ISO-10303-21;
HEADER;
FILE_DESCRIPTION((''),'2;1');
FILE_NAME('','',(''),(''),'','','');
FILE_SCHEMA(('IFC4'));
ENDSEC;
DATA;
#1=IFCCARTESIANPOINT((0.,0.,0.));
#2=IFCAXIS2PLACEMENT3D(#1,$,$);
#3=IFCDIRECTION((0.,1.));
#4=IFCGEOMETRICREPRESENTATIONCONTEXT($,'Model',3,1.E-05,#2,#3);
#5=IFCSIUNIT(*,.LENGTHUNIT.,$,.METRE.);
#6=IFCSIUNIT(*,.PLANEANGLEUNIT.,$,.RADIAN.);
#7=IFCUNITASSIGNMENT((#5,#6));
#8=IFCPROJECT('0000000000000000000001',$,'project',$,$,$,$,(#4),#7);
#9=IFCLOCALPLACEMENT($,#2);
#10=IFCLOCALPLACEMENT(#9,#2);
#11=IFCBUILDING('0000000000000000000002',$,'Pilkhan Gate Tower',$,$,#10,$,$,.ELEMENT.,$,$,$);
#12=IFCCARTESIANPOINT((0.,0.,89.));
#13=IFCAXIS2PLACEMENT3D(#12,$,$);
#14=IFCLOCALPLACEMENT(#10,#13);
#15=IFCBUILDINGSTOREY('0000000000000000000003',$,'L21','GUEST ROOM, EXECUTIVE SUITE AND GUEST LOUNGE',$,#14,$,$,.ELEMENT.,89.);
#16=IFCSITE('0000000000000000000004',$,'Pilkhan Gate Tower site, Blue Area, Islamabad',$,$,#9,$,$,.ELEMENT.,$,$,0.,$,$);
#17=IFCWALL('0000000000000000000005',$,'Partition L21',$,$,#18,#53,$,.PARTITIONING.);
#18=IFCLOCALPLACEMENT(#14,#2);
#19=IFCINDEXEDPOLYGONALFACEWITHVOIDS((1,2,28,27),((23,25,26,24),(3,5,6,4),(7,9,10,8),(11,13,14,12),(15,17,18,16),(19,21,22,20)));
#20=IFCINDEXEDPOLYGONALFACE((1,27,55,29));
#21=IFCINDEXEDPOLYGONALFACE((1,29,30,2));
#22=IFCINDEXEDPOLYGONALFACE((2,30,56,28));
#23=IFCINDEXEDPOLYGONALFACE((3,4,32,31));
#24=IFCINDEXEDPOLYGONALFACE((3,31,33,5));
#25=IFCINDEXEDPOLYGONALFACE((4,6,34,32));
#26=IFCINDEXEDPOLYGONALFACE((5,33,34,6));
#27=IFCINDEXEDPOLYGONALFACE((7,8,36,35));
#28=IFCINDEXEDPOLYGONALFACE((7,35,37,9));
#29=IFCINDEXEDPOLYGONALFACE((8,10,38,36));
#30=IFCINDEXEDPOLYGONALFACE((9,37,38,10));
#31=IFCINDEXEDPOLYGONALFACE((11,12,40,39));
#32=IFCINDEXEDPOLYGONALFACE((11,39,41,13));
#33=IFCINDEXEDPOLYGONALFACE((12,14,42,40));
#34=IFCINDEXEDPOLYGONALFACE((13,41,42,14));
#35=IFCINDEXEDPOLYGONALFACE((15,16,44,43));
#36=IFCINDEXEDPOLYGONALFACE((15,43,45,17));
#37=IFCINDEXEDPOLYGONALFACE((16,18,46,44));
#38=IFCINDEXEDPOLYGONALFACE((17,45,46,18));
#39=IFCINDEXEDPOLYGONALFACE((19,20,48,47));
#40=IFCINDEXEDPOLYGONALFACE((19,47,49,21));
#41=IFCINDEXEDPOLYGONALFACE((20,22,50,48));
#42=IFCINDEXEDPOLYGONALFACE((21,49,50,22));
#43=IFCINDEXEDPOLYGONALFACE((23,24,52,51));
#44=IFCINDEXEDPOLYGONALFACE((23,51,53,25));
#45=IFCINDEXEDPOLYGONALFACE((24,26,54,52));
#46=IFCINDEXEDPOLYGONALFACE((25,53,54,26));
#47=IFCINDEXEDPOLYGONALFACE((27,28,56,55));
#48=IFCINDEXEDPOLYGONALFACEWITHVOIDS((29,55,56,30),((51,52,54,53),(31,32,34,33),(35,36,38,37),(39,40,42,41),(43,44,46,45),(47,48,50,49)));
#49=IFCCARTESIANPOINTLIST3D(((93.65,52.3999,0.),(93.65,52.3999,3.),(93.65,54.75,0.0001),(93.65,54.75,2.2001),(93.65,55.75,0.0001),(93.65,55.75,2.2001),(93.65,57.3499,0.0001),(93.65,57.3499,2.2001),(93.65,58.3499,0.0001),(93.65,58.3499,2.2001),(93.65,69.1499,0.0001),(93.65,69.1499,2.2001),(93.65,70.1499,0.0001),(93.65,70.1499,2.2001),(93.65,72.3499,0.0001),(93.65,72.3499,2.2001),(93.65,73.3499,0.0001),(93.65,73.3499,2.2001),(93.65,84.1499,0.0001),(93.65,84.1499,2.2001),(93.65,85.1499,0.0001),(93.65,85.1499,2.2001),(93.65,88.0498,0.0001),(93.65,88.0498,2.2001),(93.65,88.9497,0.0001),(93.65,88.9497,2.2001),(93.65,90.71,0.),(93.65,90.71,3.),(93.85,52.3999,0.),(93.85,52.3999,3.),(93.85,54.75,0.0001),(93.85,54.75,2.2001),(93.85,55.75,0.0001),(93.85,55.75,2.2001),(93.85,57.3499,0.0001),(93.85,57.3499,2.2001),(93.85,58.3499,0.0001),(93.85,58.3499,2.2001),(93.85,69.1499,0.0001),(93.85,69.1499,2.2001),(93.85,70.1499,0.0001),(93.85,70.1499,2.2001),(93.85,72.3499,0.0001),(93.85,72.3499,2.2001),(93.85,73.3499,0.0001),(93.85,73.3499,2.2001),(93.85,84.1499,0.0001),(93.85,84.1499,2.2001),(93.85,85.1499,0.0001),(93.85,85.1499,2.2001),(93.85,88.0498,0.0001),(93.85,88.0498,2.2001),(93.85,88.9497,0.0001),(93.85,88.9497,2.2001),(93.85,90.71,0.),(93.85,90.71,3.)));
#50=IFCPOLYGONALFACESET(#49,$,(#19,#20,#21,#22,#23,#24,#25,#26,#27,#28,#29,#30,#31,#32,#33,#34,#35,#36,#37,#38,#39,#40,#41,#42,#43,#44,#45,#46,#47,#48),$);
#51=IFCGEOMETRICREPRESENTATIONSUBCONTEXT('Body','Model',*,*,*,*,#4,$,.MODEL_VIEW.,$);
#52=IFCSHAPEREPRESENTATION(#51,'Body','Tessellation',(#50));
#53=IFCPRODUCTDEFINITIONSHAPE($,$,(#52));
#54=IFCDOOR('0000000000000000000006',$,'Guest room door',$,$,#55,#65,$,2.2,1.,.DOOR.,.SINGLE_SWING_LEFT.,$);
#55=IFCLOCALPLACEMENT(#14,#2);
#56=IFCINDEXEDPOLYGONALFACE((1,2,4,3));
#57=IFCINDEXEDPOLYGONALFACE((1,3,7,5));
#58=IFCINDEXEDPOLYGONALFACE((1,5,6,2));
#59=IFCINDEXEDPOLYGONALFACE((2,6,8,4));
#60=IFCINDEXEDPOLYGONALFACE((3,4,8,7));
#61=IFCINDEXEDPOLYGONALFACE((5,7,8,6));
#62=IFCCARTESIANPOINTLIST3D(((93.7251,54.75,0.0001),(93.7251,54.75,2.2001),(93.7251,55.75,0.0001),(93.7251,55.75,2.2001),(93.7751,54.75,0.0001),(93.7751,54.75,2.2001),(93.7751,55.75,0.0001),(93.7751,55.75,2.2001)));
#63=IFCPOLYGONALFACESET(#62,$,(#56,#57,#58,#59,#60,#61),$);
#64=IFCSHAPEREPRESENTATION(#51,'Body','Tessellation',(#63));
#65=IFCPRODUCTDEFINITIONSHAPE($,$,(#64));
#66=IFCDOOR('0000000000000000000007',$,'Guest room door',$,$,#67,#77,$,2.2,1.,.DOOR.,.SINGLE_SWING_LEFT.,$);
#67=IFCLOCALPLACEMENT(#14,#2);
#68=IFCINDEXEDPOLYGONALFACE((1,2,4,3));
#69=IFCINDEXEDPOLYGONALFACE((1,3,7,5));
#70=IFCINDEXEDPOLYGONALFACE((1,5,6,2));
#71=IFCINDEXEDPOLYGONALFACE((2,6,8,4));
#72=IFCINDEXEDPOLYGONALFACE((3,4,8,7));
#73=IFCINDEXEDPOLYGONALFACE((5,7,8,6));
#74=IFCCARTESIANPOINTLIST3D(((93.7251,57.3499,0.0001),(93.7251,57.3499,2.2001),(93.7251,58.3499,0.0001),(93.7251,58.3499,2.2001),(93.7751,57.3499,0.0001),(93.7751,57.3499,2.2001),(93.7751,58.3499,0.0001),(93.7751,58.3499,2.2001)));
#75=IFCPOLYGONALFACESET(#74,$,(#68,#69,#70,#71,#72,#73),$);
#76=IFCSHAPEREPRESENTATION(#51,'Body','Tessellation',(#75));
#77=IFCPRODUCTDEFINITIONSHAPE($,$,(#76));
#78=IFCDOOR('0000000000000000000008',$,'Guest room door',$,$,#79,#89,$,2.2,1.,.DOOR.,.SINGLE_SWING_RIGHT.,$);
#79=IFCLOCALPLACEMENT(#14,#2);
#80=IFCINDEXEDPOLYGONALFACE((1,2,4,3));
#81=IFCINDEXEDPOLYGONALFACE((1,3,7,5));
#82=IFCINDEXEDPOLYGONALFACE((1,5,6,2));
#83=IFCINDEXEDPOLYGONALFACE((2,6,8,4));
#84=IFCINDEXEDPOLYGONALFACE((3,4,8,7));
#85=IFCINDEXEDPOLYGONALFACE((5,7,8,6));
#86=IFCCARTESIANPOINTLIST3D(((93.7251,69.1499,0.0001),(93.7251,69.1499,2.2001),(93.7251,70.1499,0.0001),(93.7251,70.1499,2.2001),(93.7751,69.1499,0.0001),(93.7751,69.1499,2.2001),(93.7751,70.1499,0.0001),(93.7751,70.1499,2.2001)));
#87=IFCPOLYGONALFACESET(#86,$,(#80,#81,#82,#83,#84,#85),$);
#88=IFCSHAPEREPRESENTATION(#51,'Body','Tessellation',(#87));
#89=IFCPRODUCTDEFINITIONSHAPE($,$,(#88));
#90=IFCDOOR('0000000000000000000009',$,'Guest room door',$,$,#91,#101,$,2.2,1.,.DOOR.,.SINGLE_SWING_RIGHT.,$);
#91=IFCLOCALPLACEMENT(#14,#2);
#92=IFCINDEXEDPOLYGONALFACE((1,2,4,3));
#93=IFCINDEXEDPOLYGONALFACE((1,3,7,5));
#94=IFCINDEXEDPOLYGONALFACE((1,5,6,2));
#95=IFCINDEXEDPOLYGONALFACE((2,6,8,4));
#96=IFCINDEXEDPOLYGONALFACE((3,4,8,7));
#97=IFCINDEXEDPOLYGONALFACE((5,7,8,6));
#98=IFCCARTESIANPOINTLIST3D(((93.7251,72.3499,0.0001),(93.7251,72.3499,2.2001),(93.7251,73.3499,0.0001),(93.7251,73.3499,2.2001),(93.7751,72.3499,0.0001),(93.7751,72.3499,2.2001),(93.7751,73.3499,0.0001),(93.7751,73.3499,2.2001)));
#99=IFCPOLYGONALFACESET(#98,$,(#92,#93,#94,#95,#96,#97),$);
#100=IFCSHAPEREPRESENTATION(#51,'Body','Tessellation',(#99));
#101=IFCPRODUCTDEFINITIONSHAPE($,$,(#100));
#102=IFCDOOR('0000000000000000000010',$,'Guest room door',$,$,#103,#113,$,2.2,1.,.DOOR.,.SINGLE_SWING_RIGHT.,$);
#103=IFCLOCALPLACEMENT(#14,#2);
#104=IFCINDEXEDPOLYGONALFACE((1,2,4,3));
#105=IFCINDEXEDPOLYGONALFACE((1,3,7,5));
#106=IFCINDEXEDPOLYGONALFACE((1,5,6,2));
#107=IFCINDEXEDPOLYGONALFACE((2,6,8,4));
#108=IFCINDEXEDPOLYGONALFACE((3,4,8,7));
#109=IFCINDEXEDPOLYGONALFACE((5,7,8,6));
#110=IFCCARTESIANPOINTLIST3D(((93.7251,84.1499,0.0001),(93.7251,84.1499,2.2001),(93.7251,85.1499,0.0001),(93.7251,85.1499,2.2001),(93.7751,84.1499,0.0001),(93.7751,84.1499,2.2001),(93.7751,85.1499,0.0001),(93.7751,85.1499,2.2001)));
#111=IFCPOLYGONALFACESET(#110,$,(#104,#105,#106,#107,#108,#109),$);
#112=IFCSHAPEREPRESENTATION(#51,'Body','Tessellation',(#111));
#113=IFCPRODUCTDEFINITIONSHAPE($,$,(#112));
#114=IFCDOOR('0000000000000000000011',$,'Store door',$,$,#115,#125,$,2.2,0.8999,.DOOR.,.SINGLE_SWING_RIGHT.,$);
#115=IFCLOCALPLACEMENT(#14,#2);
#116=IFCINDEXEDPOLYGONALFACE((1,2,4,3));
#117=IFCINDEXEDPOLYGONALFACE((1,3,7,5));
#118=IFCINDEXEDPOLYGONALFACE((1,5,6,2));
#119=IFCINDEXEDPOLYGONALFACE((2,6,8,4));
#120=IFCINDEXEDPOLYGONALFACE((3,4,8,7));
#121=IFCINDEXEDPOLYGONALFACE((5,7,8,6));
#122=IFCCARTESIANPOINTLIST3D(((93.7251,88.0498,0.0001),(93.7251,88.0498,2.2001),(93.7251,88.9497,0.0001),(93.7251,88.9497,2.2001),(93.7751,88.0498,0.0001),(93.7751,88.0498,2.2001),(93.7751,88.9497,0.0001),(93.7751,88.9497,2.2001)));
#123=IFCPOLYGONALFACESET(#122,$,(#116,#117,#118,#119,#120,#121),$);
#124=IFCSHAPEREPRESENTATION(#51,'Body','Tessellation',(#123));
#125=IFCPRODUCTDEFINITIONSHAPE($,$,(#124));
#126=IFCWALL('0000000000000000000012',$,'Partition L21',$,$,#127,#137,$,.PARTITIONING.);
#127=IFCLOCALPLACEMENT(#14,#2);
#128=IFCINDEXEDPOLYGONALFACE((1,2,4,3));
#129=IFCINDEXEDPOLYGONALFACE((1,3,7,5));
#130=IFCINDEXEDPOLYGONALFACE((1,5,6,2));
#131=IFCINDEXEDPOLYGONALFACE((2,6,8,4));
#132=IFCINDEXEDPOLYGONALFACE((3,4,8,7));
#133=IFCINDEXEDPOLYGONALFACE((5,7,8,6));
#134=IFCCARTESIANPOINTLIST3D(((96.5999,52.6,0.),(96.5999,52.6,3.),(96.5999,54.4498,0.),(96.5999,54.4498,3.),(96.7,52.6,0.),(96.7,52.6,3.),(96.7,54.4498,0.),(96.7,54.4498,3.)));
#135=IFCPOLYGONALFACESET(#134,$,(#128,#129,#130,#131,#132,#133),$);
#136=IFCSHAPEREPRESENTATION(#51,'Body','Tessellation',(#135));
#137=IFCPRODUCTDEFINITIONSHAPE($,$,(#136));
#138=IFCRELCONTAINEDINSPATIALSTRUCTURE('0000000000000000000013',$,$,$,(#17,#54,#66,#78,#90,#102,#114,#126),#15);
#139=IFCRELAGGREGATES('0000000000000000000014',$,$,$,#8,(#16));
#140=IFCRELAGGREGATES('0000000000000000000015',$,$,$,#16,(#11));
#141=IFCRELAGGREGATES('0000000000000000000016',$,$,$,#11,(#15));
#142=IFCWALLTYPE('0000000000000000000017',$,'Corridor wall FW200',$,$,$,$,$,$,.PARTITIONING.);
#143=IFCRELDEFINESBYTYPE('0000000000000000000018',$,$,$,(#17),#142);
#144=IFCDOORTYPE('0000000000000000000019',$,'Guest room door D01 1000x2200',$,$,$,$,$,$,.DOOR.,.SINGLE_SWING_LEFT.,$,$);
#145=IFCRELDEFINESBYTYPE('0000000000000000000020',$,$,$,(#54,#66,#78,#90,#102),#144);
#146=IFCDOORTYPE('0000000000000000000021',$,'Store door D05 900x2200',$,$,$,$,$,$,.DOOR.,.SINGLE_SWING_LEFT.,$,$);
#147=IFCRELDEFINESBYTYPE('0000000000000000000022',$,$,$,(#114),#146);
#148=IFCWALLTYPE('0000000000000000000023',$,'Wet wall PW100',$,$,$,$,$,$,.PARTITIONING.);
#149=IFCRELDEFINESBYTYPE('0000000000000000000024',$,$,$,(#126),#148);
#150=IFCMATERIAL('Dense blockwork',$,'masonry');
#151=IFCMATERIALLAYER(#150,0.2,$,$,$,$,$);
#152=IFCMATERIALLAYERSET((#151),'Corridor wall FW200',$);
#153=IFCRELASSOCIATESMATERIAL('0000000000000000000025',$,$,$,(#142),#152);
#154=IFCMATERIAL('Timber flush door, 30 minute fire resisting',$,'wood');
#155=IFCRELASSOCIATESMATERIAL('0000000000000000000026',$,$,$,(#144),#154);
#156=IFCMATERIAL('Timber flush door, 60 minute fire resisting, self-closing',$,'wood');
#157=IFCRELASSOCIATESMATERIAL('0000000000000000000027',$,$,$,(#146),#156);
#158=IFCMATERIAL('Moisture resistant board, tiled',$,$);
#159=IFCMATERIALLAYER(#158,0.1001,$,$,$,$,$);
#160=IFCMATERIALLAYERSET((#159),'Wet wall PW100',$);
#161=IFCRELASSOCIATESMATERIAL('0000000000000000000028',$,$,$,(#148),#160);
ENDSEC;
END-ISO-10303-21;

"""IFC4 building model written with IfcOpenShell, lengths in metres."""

from ifc_helpers import new_model, si_unit, direction, frame, frame_2d, origin, place, context, subcontext, project, spatial, rectangle, extrude, material, layer, layer_set, type_object, element, fill, save


model = new_model("IFC4")

# Units and contexts
model_context = context("Model", 3, precision=1e-05, world=origin(), true_north=direction((0.0, 1.0)))
body_context = subcontext(model_context, "Body", "Model", "MODEL_VIEW")
ifc_project = project(units=[si_unit("LENGTHUNIT", "METRE"), si_unit("PLANEANGLEUNIT", "RADIAN")], contexts=[model_context])

# Site, building, storey
site_placement = place(None, origin())
site = spatial("IfcSite", under=ifc_project, at=site_placement, Name="Pilkhan Gate Tower site, Blue Area, Islamabad", CompositionType="ELEMENT", RefElevation=0.0)
building_placement = place(site_placement, origin())
building = spatial("IfcBuilding", under=site, at=building_placement, Name="Pilkhan Gate Tower", CompositionType="ELEMENT")
storey_placement = place(building_placement, frame((0.0, 0.0, 89.0)))
storey = spatial("IfcBuildingStorey", under=building, at=storey_placement, Name="L21", Description="GUEST ROOM, EXECUTIVE SUITE AND GUEST LOUNGE", CompositionType="ELEMENT", Elevation=89.0)

# Shared definitions
ifc_material_1 = material(Name="Dense blockwork", Category="masonry")
ifc_layer_1 = layer(ifc_material_1, 0.2)
ifc_layer_set_1 = layer_set([ifc_layer_1], Name="Corridor wall FW200")
wall_type_1 = type_object("IfcWallType", Name="Corridor wall FW200", PredefinedType="PARTITIONING", material=ifc_layer_set_1)

# Wall, openings, doors
wall_1_placement = place(storey_placement, frame((93.75, 52.3999, 0.0), z_axis=(0.0, 0.0, 1.0), x_axis=(0.0, 1.0, 0.0)))
wall_1 = element("IfcWall", 1, at=wall_1_placement, inside=storey, type_object=wall_type_1, Name="Partition L21", PredefinedType="PARTITIONING", context=body_context, shape_type="SweptSolid", body=[
    extrude(rectangle(XDim=38.3101, YDim=0.2, at=frame_2d((19.155, 0.0))), origin(), (0.0, 0.0, 1.0), 3.0),
])
opening_1_placement = place(wall_1_placement, frame((2.3501, 0.0, 0.0)))
opening_1 = element("IfcOpeningElement", 2, at=opening_1_placement, cuts=wall_1, PredefinedType="OPENING", context=body_context, shape_type="SweptSolid", body=[
    extrude(rectangle(XDim=1.0, YDim=2.2, at=frame_2d((0.5, 1.1001))), frame((0.0, 0.1099, 0.0), z_axis=(0.0, -1.0, 0.0), x_axis=(1.0, 0.0, 0.0)), (0.0, 0.0, 1.0), 0.22),
])
opening_2_placement = place(wall_1_placement, frame((4.95, 0.0, 0.0)))
opening_2 = element("IfcOpeningElement", 3, at=opening_2_placement, cuts=wall_1, PredefinedType="OPENING", context=body_context, shape_type="SweptSolid", body=[
    extrude(rectangle(XDim=1.0, YDim=2.2, at=frame_2d((0.5, 1.1001))), frame((0.0, 0.1099, 0.0), z_axis=(0.0, -1.0, 0.0), x_axis=(1.0, 0.0, 0.0)), (0.0, 0.0, 1.0), 0.22),
])
opening_3_placement = place(wall_1_placement, frame((16.75, 0.0, 0.0)))
opening_3 = element("IfcOpeningElement", 4, at=opening_3_placement, cuts=wall_1, PredefinedType="OPENING", context=body_context, shape_type="SweptSolid", body=[
    extrude(rectangle(XDim=1.0, YDim=2.2, at=frame_2d((0.5, 1.1001))), frame((0.0, 0.1099, 0.0), z_axis=(0.0, -1.0, 0.0), x_axis=(1.0, 0.0, 0.0)), (0.0, 0.0, 1.0), 0.22),
])
opening_4_placement = place(wall_1_placement, frame((19.95, 0.0, 0.0)))
opening_4 = element("IfcOpeningElement", 5, at=opening_4_placement, cuts=wall_1, PredefinedType="OPENING", context=body_context, shape_type="SweptSolid", body=[
    extrude(rectangle(XDim=1.0, YDim=2.2, at=frame_2d((0.5, 1.1001))), frame((0.0, 0.1099, 0.0), z_axis=(0.0, -1.0, 0.0), x_axis=(1.0, 0.0, 0.0)), (0.0, 0.0, 1.0), 0.22),
])
opening_5_placement = place(wall_1_placement, frame((31.75, 0.0, 0.0)))
opening_5 = element("IfcOpeningElement", 6, at=opening_5_placement, cuts=wall_1, PredefinedType="OPENING", context=body_context, shape_type="SweptSolid", body=[
    extrude(rectangle(XDim=1.0, YDim=2.2, at=frame_2d((0.5, 1.1001))), frame((0.0, 0.1099, 0.0), z_axis=(0.0, -1.0, 0.0), x_axis=(1.0, 0.0, 0.0)), (0.0, 0.0, 1.0), 0.22),
])
opening_6_placement = place(wall_1_placement, frame((35.6499, 0.0, 0.0)))
opening_6 = element("IfcOpeningElement", 7, at=opening_6_placement, cuts=wall_1, PredefinedType="OPENING", context=body_context, shape_type="SweptSolid", body=[
    extrude(rectangle(XDim=0.8999, YDim=2.2, at=frame_2d((0.45, 1.1001))), frame((0.0, 0.1099, 0.0), z_axis=(0.0, -1.0, 0.0), x_axis=(1.0, 0.0, 0.0)), (0.0, 0.0, 1.0), 0.22),
])
ifc_material_2 = material(Name="Timber flush door, 30 minute fire resisting", Category="wood")
door_type_1 = type_object("IfcDoorType", Name="Guest room door D01 1000x2200", OperationType="SINGLE_SWING_LEFT", PredefinedType="DOOR", material=ifc_material_2)
door_1_placement = place(opening_1_placement, origin())
door_1 = element("IfcDoor", 8, at=door_1_placement, inside=storey, type_object=door_type_1, Name="Guest room door", OperationType="SINGLE_SWING_LEFT", OverallHeight=2.2, OverallWidth=1.0, PredefinedType="DOOR", context=body_context, shape_type="SweptSolid", body=[
    extrude(rectangle(XDim=1.0, YDim=2.2, at=frame_2d((0.5, 1.1001))), frame((0.0, 0.0249, 0.0), z_axis=(0.0, -1.0, 0.0), x_axis=(1.0, 0.0, 0.0)), (0.0, 0.0, 1.0), 0.05),
])
fill(opening_1, door_1)
door_2_placement = place(opening_2_placement, origin())
door_2 = element("IfcDoor", 9, at=door_2_placement, inside=storey, type_object=door_type_1, Name="Guest room door", OperationType="SINGLE_SWING_LEFT", OverallHeight=2.2, OverallWidth=1.0, PredefinedType="DOOR", context=body_context, shape_type="SweptSolid", body=[
    extrude(rectangle(XDim=1.0, YDim=2.2, at=frame_2d((0.5, 1.1001))), frame((0.0, 0.0249, 0.0), z_axis=(0.0, -1.0, 0.0), x_axis=(1.0, 0.0, 0.0)), (0.0, 0.0, 1.0), 0.05),
])
fill(opening_2, door_2)
door_3_placement = place(opening_3_placement, origin())
door_3 = element("IfcDoor", 10, at=door_3_placement, inside=storey, type_object=door_type_1, Name="Guest room door", OperationType="SINGLE_SWING_RIGHT", OverallHeight=2.2, OverallWidth=1.0, PredefinedType="DOOR", context=body_context, shape_type="SweptSolid", body=[
    extrude(rectangle(XDim=1.0, YDim=2.2, at=frame_2d((0.5, 1.1001))), frame((0.0, 0.0249, 0.0), z_axis=(0.0, -1.0, 0.0), x_axis=(1.0, 0.0, 0.0)), (0.0, 0.0, 1.0), 0.05),
])
fill(opening_3, door_3)
door_4_placement = place(opening_4_placement, origin())
door_4 = element("IfcDoor", 11, at=door_4_placement, inside=storey, type_object=door_type_1, Name="Guest room door", OperationType="SINGLE_SWING_RIGHT", OverallHeight=2.2, OverallWidth=1.0, PredefinedType="DOOR", context=body_context, shape_type="SweptSolid", body=[
    extrude(rectangle(XDim=1.0, YDim=2.2, at=frame_2d((0.5, 1.1001))), frame((0.0, 0.0249, 0.0), z_axis=(0.0, -1.0, 0.0), x_axis=(1.0, 0.0, 0.0)), (0.0, 0.0, 1.0), 0.05),
])
fill(opening_4, door_4)
door_5_placement = place(opening_5_placement, origin())
door_5 = element("IfcDoor", 12, at=door_5_placement, inside=storey, type_object=door_type_1, Name="Guest room door", OperationType="SINGLE_SWING_RIGHT", OverallHeight=2.2, OverallWidth=1.0, PredefinedType="DOOR", context=body_context, shape_type="SweptSolid", body=[
    extrude(rectangle(XDim=1.0, YDim=2.2, at=frame_2d((0.5, 1.1001))), frame((0.0, 0.0249, 0.0), z_axis=(0.0, -1.0, 0.0), x_axis=(1.0, 0.0, 0.0)), (0.0, 0.0, 1.0), 0.05),
])
fill(opening_5, door_5)
ifc_material_3 = material(Name="Timber flush door, 60 minute fire resisting, self-closing", Category="wood")
door_type_2 = type_object("IfcDoorType", Name="Store door D05 900x2200", OperationType="SINGLE_SWING_LEFT", PredefinedType="DOOR", material=ifc_material_3)
door_6_placement = place(opening_6_placement, origin())
door_6 = element("IfcDoor", 13, at=door_6_placement, inside=storey, type_object=door_type_2, Name="Store door", OperationType="SINGLE_SWING_RIGHT", OverallHeight=2.2, OverallWidth=0.8999, PredefinedType="DOOR", context=body_context, shape_type="SweptSolid", body=[
    extrude(rectangle(XDim=0.8999, YDim=2.2, at=frame_2d((0.45, 1.1001))), frame((0.0, 0.0249, 0.0), z_axis=(0.0, -1.0, 0.0), x_axis=(1.0, 0.0, 0.0)), (0.0, 0.0, 1.0), 0.05),
])
fill(opening_6, door_6)

# Wall
ifc_material_4 = material(Name="Moisture resistant board, tiled")
ifc_layer_2 = layer(ifc_material_4, 0.1001)
ifc_layer_set_2 = layer_set([ifc_layer_2], Name="Wet wall PW100")
wall_type_2 = type_object("IfcWallType", Name="Wet wall PW100", PredefinedType="PARTITIONING", material=ifc_layer_set_2)
wall_2_placement = place(storey_placement, frame((96.6499, 52.6001, 0.0), z_axis=(0.0, 0.0, 1.0), x_axis=(0.0, 1.0, 0.0)))
element("IfcWall", 14, at=wall_2_placement, inside=storey, type_object=wall_type_2, Name="Partition L21", PredefinedType="PARTITIONING", context=body_context, shape_type="SweptSolid", body=[
    extrude(rectangle(XDim=1.8499, YDim=0.1001, at=frame_2d((0.9248, 0.0))), origin(), (0.0, 0.0, 1.0), 3.0),
])

save(model, "model.ifc")
